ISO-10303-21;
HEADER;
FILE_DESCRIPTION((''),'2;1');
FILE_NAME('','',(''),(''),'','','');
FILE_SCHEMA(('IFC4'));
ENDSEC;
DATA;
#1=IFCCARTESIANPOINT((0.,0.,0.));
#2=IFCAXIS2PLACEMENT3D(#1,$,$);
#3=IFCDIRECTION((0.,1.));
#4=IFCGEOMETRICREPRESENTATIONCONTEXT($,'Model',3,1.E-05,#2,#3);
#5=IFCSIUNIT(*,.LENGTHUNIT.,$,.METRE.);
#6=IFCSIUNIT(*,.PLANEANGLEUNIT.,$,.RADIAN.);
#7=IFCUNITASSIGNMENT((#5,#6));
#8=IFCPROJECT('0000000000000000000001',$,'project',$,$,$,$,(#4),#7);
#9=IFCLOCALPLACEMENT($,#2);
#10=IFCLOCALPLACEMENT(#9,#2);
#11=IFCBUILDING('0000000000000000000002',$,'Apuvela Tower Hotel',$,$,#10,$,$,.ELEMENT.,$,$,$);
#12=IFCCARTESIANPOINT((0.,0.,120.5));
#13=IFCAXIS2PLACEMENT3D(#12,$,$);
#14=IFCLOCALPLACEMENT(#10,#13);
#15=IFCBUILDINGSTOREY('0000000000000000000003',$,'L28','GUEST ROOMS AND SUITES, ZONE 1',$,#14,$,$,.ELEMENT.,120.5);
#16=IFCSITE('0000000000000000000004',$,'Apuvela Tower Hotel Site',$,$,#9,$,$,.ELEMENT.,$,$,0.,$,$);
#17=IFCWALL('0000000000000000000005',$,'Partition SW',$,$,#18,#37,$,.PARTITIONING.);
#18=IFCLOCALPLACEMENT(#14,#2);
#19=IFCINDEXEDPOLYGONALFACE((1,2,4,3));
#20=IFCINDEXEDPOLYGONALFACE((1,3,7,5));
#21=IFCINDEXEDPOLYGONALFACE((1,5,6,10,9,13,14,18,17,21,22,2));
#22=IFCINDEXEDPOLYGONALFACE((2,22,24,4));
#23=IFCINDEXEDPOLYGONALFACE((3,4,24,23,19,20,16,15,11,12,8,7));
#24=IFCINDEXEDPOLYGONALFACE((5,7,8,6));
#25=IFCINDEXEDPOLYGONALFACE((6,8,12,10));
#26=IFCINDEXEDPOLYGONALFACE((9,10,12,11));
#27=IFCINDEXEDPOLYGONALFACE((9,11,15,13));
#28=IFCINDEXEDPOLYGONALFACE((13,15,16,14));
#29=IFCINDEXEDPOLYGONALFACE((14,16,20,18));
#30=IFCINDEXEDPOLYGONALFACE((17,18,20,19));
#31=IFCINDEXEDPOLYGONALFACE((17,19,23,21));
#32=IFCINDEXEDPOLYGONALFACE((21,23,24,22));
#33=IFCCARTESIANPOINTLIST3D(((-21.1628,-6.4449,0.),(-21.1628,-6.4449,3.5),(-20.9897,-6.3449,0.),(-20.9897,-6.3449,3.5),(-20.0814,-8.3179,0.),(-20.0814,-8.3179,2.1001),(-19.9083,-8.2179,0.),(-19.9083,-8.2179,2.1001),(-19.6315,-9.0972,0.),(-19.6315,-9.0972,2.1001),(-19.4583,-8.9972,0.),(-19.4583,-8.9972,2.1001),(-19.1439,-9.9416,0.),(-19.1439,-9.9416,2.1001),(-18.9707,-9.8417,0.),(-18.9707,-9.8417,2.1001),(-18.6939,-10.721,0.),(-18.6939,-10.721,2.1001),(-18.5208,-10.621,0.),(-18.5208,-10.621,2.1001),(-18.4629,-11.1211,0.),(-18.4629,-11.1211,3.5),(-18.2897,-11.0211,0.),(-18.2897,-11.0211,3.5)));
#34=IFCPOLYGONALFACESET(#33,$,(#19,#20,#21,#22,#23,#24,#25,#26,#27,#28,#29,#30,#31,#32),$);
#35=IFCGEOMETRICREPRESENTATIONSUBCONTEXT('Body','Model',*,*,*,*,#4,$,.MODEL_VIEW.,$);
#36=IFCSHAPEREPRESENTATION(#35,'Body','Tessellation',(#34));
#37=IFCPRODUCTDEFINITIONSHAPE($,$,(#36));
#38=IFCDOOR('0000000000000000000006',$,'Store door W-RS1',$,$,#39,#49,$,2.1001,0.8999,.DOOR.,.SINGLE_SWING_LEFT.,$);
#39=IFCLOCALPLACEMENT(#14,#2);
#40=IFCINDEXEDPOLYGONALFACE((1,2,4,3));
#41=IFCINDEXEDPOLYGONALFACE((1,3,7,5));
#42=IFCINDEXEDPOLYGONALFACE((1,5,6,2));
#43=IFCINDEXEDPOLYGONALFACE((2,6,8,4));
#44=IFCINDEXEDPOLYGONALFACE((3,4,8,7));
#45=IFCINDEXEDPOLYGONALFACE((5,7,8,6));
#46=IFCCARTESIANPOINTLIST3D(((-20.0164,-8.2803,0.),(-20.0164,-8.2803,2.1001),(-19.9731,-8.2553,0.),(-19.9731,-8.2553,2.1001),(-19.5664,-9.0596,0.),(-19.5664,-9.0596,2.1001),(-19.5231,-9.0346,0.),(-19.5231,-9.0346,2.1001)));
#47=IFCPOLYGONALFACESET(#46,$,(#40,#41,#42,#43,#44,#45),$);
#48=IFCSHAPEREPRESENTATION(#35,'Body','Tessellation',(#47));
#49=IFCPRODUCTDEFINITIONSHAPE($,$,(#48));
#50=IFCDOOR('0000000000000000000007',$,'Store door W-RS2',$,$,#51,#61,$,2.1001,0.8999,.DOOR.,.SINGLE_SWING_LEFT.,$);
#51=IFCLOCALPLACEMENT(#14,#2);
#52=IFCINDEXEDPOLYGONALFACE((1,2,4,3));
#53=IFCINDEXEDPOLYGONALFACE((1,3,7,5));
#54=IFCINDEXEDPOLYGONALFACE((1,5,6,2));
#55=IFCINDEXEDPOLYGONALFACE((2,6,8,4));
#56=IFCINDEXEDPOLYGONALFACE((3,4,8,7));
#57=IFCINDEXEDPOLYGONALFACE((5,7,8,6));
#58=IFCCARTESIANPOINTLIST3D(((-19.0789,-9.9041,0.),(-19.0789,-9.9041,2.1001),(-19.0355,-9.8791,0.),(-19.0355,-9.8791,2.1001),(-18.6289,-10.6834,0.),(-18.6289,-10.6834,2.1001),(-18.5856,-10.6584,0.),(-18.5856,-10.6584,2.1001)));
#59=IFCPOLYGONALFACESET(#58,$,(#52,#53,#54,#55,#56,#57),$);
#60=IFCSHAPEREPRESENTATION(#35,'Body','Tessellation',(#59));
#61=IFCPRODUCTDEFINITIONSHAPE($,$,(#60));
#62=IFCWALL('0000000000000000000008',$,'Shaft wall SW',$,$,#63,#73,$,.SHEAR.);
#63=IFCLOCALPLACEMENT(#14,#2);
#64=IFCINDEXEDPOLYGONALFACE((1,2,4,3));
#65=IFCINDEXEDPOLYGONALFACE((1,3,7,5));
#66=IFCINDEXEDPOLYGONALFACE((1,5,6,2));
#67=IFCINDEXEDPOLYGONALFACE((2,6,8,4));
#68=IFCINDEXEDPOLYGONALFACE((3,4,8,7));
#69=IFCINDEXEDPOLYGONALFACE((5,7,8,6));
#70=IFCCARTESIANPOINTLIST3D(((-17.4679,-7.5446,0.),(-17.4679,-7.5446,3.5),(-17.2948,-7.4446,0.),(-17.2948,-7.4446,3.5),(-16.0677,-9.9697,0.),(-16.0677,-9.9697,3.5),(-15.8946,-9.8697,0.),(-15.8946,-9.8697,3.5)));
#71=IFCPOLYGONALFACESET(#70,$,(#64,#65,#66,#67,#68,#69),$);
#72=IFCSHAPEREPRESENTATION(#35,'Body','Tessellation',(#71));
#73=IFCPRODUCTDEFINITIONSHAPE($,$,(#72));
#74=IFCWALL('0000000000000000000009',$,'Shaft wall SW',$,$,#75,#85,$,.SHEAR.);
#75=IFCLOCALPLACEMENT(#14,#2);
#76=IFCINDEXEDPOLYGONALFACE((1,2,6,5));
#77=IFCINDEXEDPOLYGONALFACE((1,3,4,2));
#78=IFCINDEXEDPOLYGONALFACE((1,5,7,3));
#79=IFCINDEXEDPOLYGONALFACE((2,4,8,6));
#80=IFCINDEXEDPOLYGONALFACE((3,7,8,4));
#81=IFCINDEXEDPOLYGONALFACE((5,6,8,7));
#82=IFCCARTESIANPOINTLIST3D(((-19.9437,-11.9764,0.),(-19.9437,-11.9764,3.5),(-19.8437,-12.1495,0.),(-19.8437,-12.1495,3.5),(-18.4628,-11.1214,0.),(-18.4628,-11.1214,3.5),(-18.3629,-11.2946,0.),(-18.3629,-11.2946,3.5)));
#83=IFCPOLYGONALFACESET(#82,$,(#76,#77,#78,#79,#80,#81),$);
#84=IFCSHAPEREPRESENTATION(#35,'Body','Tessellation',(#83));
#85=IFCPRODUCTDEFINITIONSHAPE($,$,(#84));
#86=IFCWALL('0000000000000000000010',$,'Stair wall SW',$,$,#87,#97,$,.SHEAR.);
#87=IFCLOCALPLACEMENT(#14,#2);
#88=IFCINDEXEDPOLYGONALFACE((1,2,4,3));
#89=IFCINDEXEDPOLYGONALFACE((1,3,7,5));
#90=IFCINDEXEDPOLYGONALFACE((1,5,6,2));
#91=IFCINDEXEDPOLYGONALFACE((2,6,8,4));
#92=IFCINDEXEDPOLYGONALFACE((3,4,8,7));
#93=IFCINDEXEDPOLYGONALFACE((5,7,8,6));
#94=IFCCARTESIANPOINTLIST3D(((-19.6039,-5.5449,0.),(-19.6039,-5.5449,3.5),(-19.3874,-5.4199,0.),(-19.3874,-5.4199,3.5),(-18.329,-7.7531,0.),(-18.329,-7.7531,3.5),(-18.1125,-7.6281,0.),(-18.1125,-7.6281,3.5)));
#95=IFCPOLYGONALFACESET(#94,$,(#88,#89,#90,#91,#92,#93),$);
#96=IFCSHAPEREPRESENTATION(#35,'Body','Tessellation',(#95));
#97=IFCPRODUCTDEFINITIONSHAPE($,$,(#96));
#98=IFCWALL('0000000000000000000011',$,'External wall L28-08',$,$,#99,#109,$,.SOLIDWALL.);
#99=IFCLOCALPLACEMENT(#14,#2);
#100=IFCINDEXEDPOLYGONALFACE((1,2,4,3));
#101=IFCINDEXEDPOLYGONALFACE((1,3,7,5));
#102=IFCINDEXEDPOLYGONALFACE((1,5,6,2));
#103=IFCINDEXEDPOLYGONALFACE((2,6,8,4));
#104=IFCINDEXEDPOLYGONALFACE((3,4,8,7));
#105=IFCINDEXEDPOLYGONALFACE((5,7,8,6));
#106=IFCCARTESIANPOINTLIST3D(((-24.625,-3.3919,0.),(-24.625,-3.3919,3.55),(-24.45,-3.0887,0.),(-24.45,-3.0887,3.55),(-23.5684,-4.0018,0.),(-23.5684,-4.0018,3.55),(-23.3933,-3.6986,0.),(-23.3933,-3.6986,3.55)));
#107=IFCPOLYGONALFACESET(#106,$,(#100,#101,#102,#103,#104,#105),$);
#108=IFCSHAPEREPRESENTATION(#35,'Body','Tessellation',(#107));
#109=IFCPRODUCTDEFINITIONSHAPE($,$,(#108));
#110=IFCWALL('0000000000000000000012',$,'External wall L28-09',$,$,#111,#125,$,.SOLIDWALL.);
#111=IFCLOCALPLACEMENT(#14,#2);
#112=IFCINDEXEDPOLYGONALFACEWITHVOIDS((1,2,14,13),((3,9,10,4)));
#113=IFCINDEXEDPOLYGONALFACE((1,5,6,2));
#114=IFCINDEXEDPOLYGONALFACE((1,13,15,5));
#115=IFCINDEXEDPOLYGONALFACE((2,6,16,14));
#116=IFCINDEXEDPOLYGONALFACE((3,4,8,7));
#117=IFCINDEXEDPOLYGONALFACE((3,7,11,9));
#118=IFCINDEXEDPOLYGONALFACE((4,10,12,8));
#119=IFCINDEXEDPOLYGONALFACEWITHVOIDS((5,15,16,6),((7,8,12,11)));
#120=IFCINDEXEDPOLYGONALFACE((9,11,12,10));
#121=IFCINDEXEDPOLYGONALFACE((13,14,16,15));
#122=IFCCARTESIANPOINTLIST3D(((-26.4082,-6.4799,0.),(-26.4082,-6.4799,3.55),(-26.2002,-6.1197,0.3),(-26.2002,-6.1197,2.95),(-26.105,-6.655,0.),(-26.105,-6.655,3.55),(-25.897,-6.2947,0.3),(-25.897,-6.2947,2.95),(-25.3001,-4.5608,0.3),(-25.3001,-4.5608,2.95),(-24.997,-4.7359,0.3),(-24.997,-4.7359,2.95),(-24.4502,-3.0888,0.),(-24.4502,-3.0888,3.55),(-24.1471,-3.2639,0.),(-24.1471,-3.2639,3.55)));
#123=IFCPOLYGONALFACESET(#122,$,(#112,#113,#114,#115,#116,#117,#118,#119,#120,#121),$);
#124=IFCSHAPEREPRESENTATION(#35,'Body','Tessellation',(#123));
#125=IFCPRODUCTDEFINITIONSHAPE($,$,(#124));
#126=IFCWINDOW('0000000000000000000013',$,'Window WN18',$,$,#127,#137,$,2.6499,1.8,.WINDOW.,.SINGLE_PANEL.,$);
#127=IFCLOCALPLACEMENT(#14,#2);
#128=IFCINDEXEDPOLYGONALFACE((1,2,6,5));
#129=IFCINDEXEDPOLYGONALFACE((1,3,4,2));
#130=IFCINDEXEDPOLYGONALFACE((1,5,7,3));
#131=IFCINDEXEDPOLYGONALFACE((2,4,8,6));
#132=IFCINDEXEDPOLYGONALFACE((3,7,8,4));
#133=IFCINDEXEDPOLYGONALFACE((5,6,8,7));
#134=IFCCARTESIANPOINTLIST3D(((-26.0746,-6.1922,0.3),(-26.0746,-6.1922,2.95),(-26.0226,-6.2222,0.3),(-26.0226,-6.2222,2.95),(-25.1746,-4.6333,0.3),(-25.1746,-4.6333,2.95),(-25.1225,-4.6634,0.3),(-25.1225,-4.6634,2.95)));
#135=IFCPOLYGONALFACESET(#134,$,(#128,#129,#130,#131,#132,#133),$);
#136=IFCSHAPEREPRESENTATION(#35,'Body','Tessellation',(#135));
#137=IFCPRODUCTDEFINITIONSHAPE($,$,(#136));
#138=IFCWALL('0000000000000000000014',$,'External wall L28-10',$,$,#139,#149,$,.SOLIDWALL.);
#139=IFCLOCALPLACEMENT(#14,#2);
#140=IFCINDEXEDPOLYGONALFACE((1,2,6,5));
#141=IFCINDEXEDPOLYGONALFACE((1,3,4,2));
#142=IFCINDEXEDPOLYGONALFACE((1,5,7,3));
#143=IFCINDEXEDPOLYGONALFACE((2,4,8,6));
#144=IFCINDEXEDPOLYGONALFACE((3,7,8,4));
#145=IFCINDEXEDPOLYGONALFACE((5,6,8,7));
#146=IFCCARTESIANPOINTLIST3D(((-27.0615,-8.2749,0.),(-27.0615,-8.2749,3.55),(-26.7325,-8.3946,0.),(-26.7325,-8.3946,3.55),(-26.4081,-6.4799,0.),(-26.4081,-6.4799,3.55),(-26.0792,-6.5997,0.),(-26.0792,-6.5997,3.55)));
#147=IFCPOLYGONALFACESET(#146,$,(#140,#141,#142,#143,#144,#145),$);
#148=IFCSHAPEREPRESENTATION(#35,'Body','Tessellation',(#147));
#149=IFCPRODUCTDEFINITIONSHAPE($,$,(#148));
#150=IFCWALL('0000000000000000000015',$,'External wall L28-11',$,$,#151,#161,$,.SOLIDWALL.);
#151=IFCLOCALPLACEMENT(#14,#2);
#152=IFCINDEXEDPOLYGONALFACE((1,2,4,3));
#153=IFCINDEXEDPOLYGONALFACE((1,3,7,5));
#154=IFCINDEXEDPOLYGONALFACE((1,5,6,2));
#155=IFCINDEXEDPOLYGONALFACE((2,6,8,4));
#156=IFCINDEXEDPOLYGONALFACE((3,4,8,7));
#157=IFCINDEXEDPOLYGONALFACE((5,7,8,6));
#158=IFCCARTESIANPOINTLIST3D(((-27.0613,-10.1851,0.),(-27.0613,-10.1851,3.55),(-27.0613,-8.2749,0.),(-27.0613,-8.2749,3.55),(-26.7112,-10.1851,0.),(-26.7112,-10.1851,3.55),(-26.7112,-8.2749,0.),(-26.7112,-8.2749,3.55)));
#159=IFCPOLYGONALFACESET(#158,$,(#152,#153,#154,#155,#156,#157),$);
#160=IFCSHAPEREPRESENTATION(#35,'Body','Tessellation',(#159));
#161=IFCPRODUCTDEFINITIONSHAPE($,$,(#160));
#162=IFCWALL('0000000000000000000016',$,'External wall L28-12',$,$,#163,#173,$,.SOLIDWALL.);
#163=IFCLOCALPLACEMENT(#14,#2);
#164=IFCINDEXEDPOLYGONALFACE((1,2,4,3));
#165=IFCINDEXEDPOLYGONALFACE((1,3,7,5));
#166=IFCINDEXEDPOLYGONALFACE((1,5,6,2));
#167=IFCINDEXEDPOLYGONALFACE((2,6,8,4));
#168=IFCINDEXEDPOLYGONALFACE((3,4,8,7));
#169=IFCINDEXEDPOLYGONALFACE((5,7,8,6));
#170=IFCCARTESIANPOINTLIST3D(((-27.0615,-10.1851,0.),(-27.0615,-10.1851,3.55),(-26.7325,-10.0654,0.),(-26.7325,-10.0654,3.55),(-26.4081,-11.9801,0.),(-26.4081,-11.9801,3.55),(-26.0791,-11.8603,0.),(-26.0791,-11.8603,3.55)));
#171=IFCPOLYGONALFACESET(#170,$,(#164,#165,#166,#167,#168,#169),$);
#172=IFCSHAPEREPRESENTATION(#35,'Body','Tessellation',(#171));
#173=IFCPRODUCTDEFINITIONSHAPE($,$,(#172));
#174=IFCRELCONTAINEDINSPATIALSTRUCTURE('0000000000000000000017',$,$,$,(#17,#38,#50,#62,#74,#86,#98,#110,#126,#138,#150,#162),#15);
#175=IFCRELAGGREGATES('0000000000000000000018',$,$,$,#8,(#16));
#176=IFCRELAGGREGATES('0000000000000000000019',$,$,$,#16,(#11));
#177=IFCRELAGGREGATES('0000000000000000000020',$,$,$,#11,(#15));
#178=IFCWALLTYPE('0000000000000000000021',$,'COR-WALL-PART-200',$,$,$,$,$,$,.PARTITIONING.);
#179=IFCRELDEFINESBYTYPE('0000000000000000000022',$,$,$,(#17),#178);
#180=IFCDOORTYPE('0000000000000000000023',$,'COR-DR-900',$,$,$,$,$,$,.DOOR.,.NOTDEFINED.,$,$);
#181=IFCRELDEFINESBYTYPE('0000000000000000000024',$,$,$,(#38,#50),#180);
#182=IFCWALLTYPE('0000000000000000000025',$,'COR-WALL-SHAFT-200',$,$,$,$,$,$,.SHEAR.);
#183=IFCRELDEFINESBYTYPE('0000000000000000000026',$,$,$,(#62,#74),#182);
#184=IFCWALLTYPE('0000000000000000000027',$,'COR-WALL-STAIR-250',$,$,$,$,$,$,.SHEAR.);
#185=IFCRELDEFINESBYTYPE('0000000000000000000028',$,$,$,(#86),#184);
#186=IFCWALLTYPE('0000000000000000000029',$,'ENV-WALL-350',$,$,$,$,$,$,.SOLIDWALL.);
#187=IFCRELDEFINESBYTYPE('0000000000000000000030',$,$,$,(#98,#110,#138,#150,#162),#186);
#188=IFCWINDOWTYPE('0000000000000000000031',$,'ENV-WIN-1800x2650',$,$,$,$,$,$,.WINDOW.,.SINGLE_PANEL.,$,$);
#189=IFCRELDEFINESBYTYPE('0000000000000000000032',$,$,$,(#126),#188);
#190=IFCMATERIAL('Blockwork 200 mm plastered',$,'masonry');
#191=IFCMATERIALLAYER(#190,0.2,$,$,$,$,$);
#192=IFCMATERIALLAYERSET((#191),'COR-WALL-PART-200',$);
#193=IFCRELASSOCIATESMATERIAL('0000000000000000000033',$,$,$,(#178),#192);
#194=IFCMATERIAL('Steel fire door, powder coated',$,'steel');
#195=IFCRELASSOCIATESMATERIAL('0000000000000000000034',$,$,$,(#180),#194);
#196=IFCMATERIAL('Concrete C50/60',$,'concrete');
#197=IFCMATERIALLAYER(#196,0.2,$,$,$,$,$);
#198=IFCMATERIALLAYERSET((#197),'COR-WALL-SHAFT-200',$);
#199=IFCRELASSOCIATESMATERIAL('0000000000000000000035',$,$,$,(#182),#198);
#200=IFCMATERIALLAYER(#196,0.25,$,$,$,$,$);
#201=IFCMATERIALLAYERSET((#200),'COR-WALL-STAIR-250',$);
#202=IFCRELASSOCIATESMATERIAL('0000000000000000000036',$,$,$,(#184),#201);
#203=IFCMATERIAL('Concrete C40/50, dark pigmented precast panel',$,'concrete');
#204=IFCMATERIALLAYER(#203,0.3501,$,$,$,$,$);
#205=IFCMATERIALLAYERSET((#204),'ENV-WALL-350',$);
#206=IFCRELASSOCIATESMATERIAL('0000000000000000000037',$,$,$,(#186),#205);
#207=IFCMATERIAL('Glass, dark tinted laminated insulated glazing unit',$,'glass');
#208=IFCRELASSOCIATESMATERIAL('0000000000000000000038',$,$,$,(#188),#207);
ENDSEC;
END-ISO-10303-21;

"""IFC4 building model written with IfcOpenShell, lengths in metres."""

from ifc_helpers import new_model, si_unit, direction, frame, frame_2d, origin, place, context, subcontext, project, spatial, rectangle, extrude, material, layer, layer_set, type_object, element, fill, save


model = new_model("IFC4")

# Units and contexts
model_context = context("Model", 3, precision=1e-05, world=origin(), true_north=direction((0.0, 1.0)))
body_context = subcontext(model_context, "Body", "Model", "MODEL_VIEW")
ifc_project = project(units=[si_unit("LENGTHUNIT", "METRE"), si_unit("PLANEANGLEUNIT", "RADIAN")], contexts=[model_context])

# Site, building, storey
site_placement = place(None, origin())
site = spatial("IfcSite", under=ifc_project, at=site_placement, Name="Apuvela Tower Hotel Site", CompositionType="ELEMENT", RefElevation=0.0)
building_placement = place(site_placement, origin())
building = spatial("IfcBuilding", under=site, at=building_placement, Name="Apuvela Tower Hotel", CompositionType="ELEMENT")
storey_placement = place(building_placement, frame((0.0, 0.0, 120.5)))
storey = spatial("IfcBuildingStorey", under=building, at=storey_placement, Name="L28", Description="GUEST ROOMS AND SUITES, ZONE 1", CompositionType="ELEMENT", Elevation=120.5)

# Wall, openings, doors
ifc_material_1 = material(Name="Blockwork 200 mm plastered", Category="masonry")
ifc_layer_1 = layer(ifc_material_1, 0.2)
ifc_layer_set_1 = layer_set([ifc_layer_1], Name="COR-WALL-PART-200")
wall_type_1 = type_object("IfcWallType", Name="COR-WALL-PART-200", PredefinedType="PARTITIONING", material=ifc_layer_set_1)
wall_1_placement = place(storey_placement, frame((-21.0762, -6.395, 0.0), z_axis=(0.0, 0.0, 1.0), x_axis=(0.500015, -0.866017, 0.0)))
wall_1 = element("IfcWall", 1, at=wall_1_placement, inside=storey, type_object=wall_type_1, Name="Partition SW", PredefinedType="PARTITIONING", context=body_context, shape_type="SweptSolid", body=[
    extrude(rectangle(XDim=5.3997, YDim=0.2, at=frame_2d((2.6997, 0.0))), origin(), (0.0, 0.0, 1.0), 3.5),
])
opening_1_placement = place(wall_1_placement, frame((2.1626, 0.0, 0.0)))
opening_1 = element("IfcOpeningElement", 2, at=opening_1_placement, cuts=wall_1, PredefinedType="OPENING", context=body_context, shape_type="SweptSolid", body=[
    extrude(rectangle(XDim=0.8999, YDim=2.1001, at=frame_2d((0.45, 1.05))), frame((0.0, 0.1099, 0.0), z_axis=(0.0, -1.0, 0.0), x_axis=(1.0, 0.0, 0.0)), (0.0, 0.0, 1.0), 0.22),
])
opening_2_placement = place(wall_1_placement, frame((4.0376, 0.0, 0.0)))
opening_2 = element("IfcOpeningElement", 3, at=opening_2_placement, cuts=wall_1, PredefinedType="OPENING", context=body_context, shape_type="SweptSolid", body=[
    extrude(rectangle(XDim=0.8999, YDim=2.1001, at=frame_2d((0.45, 1.05))), frame((0.0, 0.1099, 0.0), z_axis=(0.0, -1.0, 0.0), x_axis=(1.0, 0.0, 0.0)), (0.0, 0.0, 1.0), 0.22),
])
ifc_material_2 = material(Name="Steel fire door, powder coated", Category="steel")
door_type_1 = type_object("IfcDoorType", Name="COR-DR-900", OperationType="NOTDEFINED", PredefinedType="DOOR", material=ifc_material_2)
door_1_placement = place(opening_1_placement, frame((0.8999, 0.0, 0.0), z_axis=(0.0, 0.0, 1.0), x_axis=(-1.0, 0.0, 0.0)))
door_1 = element("IfcDoor", 4, at=door_1_placement, inside=storey, type_object=door_type_1, Name="Store door W-RS1", OperationType="SINGLE_SWING_LEFT", OverallHeight=2.1001, OverallWidth=0.8999, PredefinedType="DOOR", context=body_context, shape_type="SweptSolid", body=[
    extrude(rectangle(XDim=0.8999, YDim=2.1001, at=frame_2d((0.45, 1.05))), frame((0.0, 0.0249, 0.0), z_axis=(0.0, -1.0, 0.0), x_axis=(1.0, 0.0, 0.0)), (0.0, 0.0, 1.0), 0.05),
])
fill(opening_1, door_1)
door_2_placement = place(opening_2_placement, frame((0.8999, 0.0, 0.0), z_axis=(0.0, 0.0, 1.0), x_axis=(-1.0, 0.0, 0.0)))
door_2 = element("IfcDoor", 5, at=door_2_placement, inside=storey, type_object=door_type_1, Name="Store door W-RS2", OperationType="SINGLE_SWING_LEFT", OverallHeight=2.1001, OverallWidth=0.8999, PredefinedType="DOOR", context=body_context, shape_type="SweptSolid", body=[
    extrude(rectangle(XDim=0.8999, YDim=2.1001, at=frame_2d((0.45, 1.05))), frame((0.0, 0.0249, 0.0), z_axis=(0.0, -1.0, 0.0), x_axis=(1.0, 0.0, 0.0)), (0.0, 0.0, 1.0), 0.05),
])
fill(opening_2, door_2)

# Walls
ifc_material_3 = material(Name="Concrete C50/60", Category="concrete")
ifc_layer_2 = layer(ifc_material_3, 0.2)
ifc_layer_set_2 = layer_set([ifc_layer_2], Name="COR-WALL-SHAFT-200")
wall_type_2 = type_object("IfcWallType", Name="COR-WALL-SHAFT-200", PredefinedType="SHEAR", material=ifc_layer_set_2)
wall_2_placement = place(storey_placement, frame((-17.3813, -7.4946, 0.0), z_axis=(0.0, 0.0, 1.0), x_axis=(0.500012, -0.866019, 0.0)))
element("IfcWall", 6, at=wall_2_placement, inside=storey, type_object=wall_type_2, Name="Shaft wall SW", PredefinedType="SHEAR", context=body_context, shape_type="SweptSolid", body=[
    extrude(rectangle(XDim=2.8003, YDim=0.2, at=frame_2d((1.4001, 0.0))), origin(), (0.0, 0.0, 1.0), 3.5),
])
wall_3_placement = place(storey_placement, frame((-18.4128, -11.208, 0.0), z_axis=(0.0, 0.0, 1.0), x_axis=(-0.866038, -0.499978, 0.0)))
element("IfcWall", 7, at=wall_3_placement, inside=storey, type_object=wall_type_2, Name="Shaft wall SW", PredefinedType="SHEAR", context=body_context, shape_type="SweptSolid", body=[
    extrude(rectangle(XDim=1.71, YDim=0.2, at=frame_2d((0.855, 0.0))), origin(), (0.0, 0.0, 1.0), 3.5),
])
ifc_layer_3 = layer(ifc_material_3, 0.25)
ifc_layer_set_3 = layer_set([ifc_layer_3], Name="COR-WALL-STAIR-250")
wall_type_3 = type_object("IfcWallType", Name="COR-WALL-STAIR-250", PredefinedType="SHEAR", material=ifc_layer_set_3)
wall_4_placement = place(storey_placement, frame((-19.4956, -5.4824, 0.0), z_axis=(0.0, 0.0, 1.0), x_axis=(0.49999, -0.866031, 0.0)))
element("IfcWall", 8, at=wall_4_placement, inside=storey, type_object=wall_type_3, Name="Stair wall SW", PredefinedType="SHEAR", context=body_context, shape_type="SweptSolid", body=[
    extrude(rectangle(XDim=2.5498, YDim=0.25, at=frame_2d((1.2749, 0.0))), origin(), (0.0, 0.0, 1.0), 3.5),
])
ifc_material_4 = material(Name="Concrete C40/50, dark pigmented precast panel", Category="concrete")
ifc_layer_4 = layer(ifc_material_4, 0.3501)
ifc_layer_set_4 = layer_set([ifc_layer_4], Name="ENV-WALL-350")
wall_type_4 = type_object("IfcWallType", Name="ENV-WALL-350", PredefinedType="SOLIDWALL", material=ifc_layer_set_4)
wall_5_placement = place(storey_placement, frame((-23.481, -3.8501, 0.0), z_axis=(0.0, 0.0, 1.0), x_axis=(-0.866092, 0.499884, 0.0)))
element("IfcWall", 9, at=wall_5_placement, inside=storey, type_object=wall_type_4, Name="External wall L28-08", PredefinedType="SOLIDWALL", context=body_context, shape_type="SweptSolid", body=[
    extrude(rectangle(XDim=1.22, YDim=0.3501, at=frame_2d((0.6099, 0.0))), origin(), (0.0, 0.0, 1.0), 3.55),
])

# Wall, opening, window
wall_6_placement = place(storey_placement, frame((-24.2986, -3.1763, 0.0), z_axis=(0.0, 0.0, 1.0), x_axis=(-0.500028, -0.866009, 0.0)))
wall_6 = element("IfcWall", 10, at=wall_6_placement, inside=storey, type_object=wall_type_4, Name="External wall L28-09", PredefinedType="SOLIDWALL", context=body_context, shape_type="SweptSolid", body=[
    extrude(rectangle(XDim=3.9158, YDim=0.3501, at=frame_2d((1.958, 0.0))), origin(), (0.0, 0.0, 1.0), 3.55),
])
opening_3_placement = place(wall_6_placement, frame((1.7, 0.0, 0.3)))
opening_3 = element("IfcOpeningElement", 11, at=opening_3_placement, cuts=wall_6, PredefinedType="OPENING", context=body_context, shape_type="SweptSolid", body=[
    extrude(rectangle(XDim=1.8, YDim=2.6499, at=frame_2d((0.8999, 1.325))), frame((0.0, 0.1851, 0.0), z_axis=(0.0, -1.0, 0.0), x_axis=(1.0, 0.0, 0.0)), (0.0, 0.0, 1.0), 0.3701),
])
ifc_material_5 = material(Name="Glass, dark tinted laminated insulated glazing unit", Category="glass")
window_type = type_object("IfcWindowType", Name="ENV-WIN-1800x2650", PartitioningType="SINGLE_PANEL", PredefinedType="WINDOW", material=ifc_material_5)
window_placement = place(opening_3_placement, origin())
window = element("IfcWindow", 12, at=window_placement, inside=storey, type_object=window_type, Name="Window WN18", OverallHeight=2.6499, OverallWidth=1.8, PartitioningType="SINGLE_PANEL", PredefinedType="WINDOW", context=body_context, shape_type="SweptSolid", body=[
    extrude(rectangle(XDim=1.8, YDim=2.6499, at=frame_2d((0.8999, 1.325))), frame((0.0, 0.03, 0.0), z_axis=(0.0, -1.0, 0.0), x_axis=(1.0, 0.0, 0.0)), (0.0, 0.0, 1.0), 0.0601),
])
fill(opening_3, window)

# Walls
for number, where, z_axis, x_axis, name in (
    (13, (-26.2437, -6.5398, 0.0), (0.0, 0.0, 1.0), (-0.34203, -0.939689, 0.0), "External wall L28-10"),
    (14, (-26.8862, -8.2749, 0.0), (0.0, 0.0, 1.0), (0.0, -1.0, 0.0), "External wall L28-11"),
    (15, (-26.897, -10.1252, 0.0), (0.0, 0.0, 1.0), (0.34203, -0.939689, 0.0), "External wall L28-12"),
):
    element("IfcWall", number, at=place(storey_placement, frame(where, z_axis=z_axis, x_axis=x_axis)), inside=storey, type_object=wall_type_4, Name=name, PredefinedType="SOLIDWALL", context=body_context, shape_type="SweptSolid", body=[
        extrude(rectangle(XDim=1.9102, YDim=0.3501, at=frame_2d((0.9551, 0.0))), origin(), (0.0, 0.0, 1.0), 3.55),
    ])

save(model, "model.ifc")
